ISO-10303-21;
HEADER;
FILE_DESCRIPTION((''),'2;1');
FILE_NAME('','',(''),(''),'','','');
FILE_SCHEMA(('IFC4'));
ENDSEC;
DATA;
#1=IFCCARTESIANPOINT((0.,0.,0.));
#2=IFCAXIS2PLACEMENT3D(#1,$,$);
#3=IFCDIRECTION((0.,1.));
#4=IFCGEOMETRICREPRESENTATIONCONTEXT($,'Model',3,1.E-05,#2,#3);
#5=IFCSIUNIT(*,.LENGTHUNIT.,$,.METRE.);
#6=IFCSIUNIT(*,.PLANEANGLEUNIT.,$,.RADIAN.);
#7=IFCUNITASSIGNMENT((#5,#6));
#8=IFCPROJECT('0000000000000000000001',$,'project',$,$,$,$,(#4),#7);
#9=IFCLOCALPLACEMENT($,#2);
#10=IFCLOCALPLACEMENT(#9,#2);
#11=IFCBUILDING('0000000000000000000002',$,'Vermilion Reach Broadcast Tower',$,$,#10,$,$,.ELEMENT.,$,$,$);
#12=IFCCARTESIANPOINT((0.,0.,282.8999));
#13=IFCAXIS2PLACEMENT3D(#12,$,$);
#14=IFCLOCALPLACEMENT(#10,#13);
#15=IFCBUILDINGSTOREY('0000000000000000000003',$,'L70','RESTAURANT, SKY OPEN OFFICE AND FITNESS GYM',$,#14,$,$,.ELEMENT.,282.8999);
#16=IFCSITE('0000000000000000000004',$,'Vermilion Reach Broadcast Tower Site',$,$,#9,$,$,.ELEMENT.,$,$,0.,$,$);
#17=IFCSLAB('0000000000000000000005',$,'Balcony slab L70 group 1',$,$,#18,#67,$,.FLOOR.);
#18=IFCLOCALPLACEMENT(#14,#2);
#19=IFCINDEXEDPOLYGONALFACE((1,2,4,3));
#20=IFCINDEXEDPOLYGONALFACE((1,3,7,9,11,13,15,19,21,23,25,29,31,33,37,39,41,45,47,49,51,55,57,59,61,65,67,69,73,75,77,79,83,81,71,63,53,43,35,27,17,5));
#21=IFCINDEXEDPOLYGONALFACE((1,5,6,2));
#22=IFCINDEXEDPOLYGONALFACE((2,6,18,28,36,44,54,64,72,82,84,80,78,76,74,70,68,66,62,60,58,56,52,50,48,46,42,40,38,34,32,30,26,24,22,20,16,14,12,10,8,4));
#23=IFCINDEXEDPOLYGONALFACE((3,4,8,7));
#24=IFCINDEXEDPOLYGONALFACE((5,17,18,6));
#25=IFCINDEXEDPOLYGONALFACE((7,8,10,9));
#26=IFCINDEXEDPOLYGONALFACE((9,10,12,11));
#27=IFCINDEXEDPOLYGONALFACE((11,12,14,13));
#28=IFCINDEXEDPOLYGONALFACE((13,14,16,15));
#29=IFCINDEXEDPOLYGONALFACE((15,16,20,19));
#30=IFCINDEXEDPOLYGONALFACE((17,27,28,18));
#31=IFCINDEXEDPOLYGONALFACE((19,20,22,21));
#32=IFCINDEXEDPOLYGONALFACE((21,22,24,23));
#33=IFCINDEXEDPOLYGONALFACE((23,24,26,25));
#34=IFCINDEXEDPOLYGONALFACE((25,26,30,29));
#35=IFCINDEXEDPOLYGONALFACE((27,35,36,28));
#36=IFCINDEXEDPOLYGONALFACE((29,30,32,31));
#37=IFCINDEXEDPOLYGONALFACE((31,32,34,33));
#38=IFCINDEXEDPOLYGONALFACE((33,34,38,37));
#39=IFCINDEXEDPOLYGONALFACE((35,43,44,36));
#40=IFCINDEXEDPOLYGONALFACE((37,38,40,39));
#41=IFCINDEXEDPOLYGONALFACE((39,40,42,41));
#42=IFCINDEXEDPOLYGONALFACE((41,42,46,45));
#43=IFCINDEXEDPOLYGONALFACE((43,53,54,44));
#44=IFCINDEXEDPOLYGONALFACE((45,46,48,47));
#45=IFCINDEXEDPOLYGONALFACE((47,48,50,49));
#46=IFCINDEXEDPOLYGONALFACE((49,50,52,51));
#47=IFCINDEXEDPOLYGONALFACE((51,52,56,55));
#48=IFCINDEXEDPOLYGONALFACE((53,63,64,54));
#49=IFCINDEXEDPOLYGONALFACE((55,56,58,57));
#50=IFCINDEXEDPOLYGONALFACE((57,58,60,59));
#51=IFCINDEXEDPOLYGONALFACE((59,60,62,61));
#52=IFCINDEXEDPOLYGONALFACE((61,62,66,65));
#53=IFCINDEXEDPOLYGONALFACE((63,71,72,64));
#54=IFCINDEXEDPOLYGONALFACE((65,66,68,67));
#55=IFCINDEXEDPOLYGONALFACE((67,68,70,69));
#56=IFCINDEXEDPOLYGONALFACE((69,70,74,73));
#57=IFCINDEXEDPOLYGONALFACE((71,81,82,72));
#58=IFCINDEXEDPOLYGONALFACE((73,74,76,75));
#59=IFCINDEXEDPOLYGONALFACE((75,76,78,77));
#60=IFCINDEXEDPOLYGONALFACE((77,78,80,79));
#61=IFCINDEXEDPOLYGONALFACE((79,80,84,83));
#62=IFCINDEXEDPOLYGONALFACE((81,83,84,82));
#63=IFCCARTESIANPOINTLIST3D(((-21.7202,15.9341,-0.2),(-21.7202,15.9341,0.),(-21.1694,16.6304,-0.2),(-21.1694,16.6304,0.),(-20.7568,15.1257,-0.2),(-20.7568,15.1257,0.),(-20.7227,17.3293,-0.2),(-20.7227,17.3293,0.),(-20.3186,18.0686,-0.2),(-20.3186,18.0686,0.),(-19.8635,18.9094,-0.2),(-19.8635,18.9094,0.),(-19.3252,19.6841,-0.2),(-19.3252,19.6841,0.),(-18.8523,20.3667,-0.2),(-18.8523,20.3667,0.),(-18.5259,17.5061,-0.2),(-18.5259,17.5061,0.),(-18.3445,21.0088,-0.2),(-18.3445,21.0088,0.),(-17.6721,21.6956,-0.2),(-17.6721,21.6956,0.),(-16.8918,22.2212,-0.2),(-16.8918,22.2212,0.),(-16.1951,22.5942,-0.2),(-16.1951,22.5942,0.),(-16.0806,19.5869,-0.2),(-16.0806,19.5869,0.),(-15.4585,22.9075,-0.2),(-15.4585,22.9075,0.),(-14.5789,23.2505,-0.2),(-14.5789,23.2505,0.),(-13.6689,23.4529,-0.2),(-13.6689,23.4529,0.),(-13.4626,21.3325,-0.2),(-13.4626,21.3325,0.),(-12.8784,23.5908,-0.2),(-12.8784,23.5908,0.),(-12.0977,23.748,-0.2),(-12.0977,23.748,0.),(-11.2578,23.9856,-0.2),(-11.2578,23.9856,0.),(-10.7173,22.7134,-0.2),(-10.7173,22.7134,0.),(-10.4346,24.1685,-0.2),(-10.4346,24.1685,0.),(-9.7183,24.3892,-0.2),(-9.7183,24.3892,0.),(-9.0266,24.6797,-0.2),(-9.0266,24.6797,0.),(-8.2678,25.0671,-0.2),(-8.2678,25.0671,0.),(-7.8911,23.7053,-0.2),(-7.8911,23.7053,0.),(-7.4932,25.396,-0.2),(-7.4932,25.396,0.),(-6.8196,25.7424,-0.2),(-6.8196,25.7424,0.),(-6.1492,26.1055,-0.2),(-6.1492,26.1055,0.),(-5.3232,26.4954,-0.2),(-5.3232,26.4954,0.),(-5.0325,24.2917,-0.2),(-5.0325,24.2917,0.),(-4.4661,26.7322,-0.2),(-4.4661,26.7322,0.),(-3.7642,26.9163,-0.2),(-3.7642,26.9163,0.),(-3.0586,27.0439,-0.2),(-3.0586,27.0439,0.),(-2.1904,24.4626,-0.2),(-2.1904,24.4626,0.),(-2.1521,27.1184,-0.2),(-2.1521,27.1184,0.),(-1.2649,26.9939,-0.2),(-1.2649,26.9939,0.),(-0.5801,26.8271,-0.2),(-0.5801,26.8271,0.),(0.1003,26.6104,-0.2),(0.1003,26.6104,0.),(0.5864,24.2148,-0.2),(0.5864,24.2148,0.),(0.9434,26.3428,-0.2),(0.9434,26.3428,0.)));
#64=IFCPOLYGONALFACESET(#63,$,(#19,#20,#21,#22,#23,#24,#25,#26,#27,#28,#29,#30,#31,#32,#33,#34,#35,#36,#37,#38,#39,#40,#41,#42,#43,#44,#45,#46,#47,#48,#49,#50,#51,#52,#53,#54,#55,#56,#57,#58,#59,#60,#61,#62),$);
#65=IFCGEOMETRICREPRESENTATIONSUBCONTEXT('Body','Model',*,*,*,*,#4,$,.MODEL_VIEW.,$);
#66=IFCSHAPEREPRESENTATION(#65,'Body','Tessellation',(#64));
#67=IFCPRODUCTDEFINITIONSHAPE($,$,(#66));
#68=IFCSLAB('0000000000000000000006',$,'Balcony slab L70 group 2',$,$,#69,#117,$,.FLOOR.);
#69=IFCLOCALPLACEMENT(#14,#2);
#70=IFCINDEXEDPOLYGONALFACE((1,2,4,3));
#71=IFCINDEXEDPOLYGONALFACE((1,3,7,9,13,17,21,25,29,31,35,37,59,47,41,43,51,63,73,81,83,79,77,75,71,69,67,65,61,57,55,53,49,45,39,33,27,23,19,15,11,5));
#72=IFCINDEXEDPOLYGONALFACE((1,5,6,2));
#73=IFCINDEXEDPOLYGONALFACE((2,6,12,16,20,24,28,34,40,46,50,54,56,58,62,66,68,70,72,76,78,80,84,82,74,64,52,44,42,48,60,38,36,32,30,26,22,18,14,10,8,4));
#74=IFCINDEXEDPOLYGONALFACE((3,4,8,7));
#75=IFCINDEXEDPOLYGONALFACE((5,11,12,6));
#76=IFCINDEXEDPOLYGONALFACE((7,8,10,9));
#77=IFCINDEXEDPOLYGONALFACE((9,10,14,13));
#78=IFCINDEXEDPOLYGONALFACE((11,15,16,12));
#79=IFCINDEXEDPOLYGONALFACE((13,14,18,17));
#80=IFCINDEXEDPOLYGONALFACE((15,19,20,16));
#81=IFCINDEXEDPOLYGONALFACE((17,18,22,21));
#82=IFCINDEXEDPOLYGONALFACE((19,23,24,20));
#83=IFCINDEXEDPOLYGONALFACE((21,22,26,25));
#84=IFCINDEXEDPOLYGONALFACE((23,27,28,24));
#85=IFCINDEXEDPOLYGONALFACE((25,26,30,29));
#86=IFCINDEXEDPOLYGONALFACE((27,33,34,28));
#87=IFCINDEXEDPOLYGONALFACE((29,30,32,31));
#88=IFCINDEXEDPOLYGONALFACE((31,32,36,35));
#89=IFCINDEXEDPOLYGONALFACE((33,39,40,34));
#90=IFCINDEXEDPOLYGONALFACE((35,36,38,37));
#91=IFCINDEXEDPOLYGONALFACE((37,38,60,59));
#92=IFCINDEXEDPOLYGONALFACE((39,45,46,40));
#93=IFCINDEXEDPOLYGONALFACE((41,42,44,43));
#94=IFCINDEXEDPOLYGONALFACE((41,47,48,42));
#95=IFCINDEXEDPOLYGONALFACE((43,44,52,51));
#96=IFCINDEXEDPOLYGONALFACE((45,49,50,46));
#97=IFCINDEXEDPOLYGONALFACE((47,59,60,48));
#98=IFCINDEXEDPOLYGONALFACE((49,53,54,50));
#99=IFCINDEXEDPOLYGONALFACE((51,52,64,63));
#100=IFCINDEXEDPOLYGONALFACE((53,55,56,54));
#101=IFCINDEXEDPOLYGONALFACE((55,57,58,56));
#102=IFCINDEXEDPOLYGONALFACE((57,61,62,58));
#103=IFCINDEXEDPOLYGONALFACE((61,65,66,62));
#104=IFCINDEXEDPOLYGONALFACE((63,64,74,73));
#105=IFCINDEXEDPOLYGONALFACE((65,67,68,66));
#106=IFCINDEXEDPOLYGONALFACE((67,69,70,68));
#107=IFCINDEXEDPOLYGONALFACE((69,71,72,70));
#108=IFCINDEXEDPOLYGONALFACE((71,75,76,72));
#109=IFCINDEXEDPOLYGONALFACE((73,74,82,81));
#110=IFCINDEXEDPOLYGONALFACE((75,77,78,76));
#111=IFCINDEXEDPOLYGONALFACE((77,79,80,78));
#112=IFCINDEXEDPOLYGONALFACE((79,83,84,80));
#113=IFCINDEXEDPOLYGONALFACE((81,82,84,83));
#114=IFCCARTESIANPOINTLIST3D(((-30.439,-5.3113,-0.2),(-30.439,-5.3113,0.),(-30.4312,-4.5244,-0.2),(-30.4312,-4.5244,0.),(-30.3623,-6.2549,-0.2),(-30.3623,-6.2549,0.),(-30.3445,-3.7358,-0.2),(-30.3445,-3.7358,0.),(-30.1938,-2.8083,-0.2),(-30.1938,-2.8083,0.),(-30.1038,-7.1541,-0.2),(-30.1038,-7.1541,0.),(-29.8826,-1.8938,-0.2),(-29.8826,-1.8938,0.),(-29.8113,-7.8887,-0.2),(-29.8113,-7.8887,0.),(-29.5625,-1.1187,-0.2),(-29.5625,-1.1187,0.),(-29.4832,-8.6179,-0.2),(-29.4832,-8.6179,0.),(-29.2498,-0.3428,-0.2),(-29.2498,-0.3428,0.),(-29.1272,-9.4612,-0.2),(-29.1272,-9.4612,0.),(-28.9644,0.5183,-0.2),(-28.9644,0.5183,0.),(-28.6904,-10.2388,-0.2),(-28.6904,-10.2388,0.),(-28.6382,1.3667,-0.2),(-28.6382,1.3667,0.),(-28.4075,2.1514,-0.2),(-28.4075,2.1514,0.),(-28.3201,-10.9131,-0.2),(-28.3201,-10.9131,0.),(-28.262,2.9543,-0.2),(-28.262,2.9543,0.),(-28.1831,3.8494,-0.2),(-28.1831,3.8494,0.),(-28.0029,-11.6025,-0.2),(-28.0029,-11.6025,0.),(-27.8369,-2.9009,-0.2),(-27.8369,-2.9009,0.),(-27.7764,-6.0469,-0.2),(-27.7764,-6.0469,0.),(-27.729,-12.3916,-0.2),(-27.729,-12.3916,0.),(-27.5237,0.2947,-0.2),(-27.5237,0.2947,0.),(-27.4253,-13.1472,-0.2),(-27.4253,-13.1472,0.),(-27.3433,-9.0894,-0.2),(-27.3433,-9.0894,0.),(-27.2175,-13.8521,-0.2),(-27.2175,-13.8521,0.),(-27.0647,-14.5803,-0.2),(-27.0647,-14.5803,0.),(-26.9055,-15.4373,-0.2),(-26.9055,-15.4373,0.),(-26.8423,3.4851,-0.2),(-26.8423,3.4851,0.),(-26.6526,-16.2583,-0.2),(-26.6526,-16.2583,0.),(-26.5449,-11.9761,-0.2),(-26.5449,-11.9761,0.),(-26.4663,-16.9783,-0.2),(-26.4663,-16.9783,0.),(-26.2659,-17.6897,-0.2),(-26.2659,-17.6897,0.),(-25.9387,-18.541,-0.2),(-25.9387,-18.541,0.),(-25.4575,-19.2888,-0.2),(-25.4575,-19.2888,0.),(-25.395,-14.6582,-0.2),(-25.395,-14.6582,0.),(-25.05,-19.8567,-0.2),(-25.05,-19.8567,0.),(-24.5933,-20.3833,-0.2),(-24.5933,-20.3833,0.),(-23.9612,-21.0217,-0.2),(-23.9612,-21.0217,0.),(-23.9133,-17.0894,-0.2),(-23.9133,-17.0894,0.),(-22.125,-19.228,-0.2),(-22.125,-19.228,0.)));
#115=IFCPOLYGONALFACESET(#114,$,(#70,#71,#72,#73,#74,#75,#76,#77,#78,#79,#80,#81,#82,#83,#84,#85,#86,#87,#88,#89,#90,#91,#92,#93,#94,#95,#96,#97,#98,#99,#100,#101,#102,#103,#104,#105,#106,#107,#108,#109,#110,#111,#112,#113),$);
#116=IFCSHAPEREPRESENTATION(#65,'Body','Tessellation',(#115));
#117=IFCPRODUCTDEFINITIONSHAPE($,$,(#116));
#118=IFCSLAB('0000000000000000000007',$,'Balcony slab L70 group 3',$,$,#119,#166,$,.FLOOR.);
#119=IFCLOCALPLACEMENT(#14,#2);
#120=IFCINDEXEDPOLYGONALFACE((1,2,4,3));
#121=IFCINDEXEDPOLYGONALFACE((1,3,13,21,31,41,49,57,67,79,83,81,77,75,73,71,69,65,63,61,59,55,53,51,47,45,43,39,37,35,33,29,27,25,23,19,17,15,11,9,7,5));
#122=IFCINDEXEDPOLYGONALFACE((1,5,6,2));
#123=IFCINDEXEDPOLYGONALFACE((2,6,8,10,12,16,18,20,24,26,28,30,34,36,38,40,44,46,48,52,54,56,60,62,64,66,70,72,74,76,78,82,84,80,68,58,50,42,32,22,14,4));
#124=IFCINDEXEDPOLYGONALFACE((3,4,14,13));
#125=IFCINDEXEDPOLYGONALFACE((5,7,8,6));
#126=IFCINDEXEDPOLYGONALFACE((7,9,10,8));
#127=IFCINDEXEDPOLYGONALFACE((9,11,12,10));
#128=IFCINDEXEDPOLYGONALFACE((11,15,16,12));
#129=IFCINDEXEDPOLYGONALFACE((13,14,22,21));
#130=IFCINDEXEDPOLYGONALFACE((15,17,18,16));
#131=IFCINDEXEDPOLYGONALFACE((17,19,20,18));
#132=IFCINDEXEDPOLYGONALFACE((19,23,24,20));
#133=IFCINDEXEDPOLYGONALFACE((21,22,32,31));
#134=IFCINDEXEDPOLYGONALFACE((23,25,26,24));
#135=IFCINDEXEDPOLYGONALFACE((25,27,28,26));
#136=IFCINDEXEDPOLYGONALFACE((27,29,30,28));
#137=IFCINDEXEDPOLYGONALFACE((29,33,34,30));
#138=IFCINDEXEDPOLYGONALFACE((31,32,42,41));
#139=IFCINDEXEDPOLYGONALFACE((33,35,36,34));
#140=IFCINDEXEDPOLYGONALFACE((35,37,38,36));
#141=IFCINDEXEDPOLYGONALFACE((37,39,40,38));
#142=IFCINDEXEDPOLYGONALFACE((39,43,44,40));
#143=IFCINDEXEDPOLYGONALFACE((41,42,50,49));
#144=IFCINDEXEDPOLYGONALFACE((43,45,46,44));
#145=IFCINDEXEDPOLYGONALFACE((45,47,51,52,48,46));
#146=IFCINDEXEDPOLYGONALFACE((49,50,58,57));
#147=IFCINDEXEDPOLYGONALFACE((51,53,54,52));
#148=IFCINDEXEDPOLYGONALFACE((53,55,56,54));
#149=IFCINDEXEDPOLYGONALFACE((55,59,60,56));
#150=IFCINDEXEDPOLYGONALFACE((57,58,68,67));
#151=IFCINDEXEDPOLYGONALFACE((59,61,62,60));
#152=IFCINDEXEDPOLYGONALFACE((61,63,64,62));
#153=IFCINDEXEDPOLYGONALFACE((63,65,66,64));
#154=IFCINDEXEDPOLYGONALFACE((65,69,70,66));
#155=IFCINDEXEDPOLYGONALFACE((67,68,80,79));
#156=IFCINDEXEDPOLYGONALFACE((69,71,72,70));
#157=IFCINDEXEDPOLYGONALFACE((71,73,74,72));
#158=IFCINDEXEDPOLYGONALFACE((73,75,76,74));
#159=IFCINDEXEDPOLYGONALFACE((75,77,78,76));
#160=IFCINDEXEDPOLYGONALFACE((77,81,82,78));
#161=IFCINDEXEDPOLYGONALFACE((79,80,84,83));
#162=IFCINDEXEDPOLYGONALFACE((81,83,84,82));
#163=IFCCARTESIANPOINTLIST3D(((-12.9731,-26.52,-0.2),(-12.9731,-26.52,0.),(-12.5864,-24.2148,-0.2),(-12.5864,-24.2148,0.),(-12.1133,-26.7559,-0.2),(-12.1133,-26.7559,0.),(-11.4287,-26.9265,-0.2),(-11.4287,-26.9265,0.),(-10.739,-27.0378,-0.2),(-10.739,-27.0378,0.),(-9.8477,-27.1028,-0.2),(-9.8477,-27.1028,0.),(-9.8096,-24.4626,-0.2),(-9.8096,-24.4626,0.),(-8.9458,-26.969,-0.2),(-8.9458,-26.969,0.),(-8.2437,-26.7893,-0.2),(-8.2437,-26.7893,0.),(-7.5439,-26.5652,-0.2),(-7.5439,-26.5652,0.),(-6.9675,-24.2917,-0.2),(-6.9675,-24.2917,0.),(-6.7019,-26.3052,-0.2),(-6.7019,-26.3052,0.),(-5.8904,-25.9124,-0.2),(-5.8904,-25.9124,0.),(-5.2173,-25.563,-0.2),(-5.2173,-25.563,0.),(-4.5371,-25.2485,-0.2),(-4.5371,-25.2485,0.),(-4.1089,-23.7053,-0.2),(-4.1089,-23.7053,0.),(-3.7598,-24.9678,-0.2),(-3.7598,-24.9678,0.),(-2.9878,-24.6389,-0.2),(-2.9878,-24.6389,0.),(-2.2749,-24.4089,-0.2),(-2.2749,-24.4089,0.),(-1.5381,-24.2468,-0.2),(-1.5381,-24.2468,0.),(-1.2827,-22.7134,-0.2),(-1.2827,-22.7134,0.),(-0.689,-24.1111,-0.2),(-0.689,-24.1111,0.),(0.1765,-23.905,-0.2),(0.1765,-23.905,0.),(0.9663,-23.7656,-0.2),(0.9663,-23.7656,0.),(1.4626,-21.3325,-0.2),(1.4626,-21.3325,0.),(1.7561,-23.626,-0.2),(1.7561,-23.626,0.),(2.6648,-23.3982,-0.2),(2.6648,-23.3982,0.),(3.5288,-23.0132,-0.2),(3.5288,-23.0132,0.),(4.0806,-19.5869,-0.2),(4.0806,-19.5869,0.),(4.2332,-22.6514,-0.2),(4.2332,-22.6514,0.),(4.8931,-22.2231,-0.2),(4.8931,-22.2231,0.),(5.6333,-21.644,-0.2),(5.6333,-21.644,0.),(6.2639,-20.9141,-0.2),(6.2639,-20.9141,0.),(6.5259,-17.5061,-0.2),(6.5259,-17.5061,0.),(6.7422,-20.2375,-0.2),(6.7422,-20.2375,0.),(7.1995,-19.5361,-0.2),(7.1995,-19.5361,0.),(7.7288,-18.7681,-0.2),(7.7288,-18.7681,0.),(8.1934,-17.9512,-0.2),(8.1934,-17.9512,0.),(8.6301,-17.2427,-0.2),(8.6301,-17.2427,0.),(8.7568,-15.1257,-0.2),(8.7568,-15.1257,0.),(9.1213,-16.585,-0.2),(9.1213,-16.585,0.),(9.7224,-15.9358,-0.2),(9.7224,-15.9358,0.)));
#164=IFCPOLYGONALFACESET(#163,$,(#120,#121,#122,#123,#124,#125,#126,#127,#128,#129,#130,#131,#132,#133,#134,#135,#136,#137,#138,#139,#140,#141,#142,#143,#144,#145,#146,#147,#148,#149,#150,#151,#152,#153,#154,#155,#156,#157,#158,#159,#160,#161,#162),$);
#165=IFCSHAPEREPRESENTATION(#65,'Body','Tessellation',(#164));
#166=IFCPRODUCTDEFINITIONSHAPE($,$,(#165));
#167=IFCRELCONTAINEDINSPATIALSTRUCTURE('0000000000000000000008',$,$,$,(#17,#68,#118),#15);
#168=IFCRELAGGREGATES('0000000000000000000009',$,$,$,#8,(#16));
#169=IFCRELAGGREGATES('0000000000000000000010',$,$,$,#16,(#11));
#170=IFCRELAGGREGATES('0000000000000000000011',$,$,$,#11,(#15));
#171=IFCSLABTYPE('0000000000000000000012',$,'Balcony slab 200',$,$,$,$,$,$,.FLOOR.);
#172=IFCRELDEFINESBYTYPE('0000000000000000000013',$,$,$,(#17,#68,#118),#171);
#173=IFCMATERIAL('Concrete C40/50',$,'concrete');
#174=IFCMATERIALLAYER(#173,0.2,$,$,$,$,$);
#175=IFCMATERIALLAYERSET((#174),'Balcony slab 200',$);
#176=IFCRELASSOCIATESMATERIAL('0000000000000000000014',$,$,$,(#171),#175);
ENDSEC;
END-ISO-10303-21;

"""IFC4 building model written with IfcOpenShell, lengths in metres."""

from ifc_helpers import new_model, si_unit, direction, frame, origin, place, context, subcontext, project, spatial, polyline, outline, extrude, material, layer, layer_set, type_object, element, save


model = new_model("IFC4")

# Units and contexts
model_context = context("Model", 3, precision=1e-05, world=origin(), true_north=direction((0.0, 1.0)))
body_context = subcontext(model_context, "Body", "Model", "MODEL_VIEW")
ifc_project = project(units=[si_unit("LENGTHUNIT", "METRE"), si_unit("PLANEANGLEUNIT", "RADIAN")], contexts=[model_context])

# Site, building, storey
site_placement = place(None, origin())
site = spatial("IfcSite", under=ifc_project, at=site_placement, Name="Vermilion Reach Broadcast Tower Site", CompositionType="ELEMENT", RefElevation=0.0)
building_placement = place(site_placement, origin())
building = spatial("IfcBuilding", under=site, at=building_placement, Name="Vermilion Reach Broadcast Tower", CompositionType="ELEMENT")
storey_placement = place(building_placement, frame((0.0, 0.0, 282.8999)))
storey = spatial("IfcBuildingStorey", under=building, at=storey_placement, Name="L70", Description="RESTAURANT, SKY OPEN OFFICE AND FITNESS GYM", CompositionType="ELEMENT", Elevation=282.8999)

# Slabs
ifc_material_1 = material(Name="Concrete C40/50", Category="concrete")
ifc_layer_1 = layer(ifc_material_1, 0.2)
ifc_layer_set_1 = layer_set([ifc_layer_1], Name="Balcony slab 200")
slab_type_1 = type_object("IfcSlabType", Name="Balcony slab 200", PredefinedType="FLOOR", material=ifc_layer_set_1)
placement_1 = place(storey_placement, frame((0.0, 0.0, -0.2)))
element("IfcSlab", 1, at=placement_1, inside=storey, type_object=slab_type_1, Name="Balcony slab L70 group 1", PredefinedType="FLOOR", context=body_context, shape_type="SweptSolid", body=[
    extrude(outline(polyline([(0.5864, 24.2148), (-2.1904, 24.4626), (-5.0325, 24.2917), (-7.8911, 23.7053), (-10.7173, 22.7134), (-13.4626, 21.3325), (-16.0806, 19.5869), (-18.5259, 17.5061), (-20.7568, 15.1257), (-21.7202, 15.9341), (-21.1694, 16.6304), (-20.7227, 17.3293), (-20.3186, 18.0686), (-19.8635, 18.9094), (-19.3252, 19.6841), (-18.8523, 20.3667), (-18.3445, 21.0088), (-17.6721, 21.6956), (-16.8918, 22.2212), (-16.1951, 22.5942), (-15.4585, 22.9075), (-14.5789, 23.2505), (-13.6689, 23.4529), (-12.8784, 23.5908), (-12.0977, 23.748), (-11.2578, 23.9856), (-10.4346, 24.1685), (-9.7183, 24.3892), (-9.0266, 24.6797), (-8.2678, 25.0671), (-7.4932, 25.396), (-6.8196, 25.7424), (-6.1492, 26.1055), (-5.3232, 26.4954), (-4.4661, 26.7322), (-3.7642, 26.9163), (-3.0586, 27.0439), (-2.1521, 27.1184), (-1.2649, 26.9939), (-0.5801, 26.8271), (0.1003, 26.6104), (0.9434, 26.3428), (0.5864, 24.2148)])), origin(), (0.0, 0.0, 1.0), 0.2),
])
element("IfcSlab", 2, at=placement_1, inside=storey, type_object=slab_type_1, Name="Balcony slab L70 group 2", PredefinedType="FLOOR", context=body_context, shape_type="SweptSolid", body=[
    extrude(outline(polyline([(-26.8423, 3.4851), (-27.5237, 0.2947), (-27.8369, -2.9009), (-27.7764, -6.0469), (-27.3433, -9.0894), (-26.5449, -11.9761), (-25.395, -14.6582), (-23.9133, -17.0894), (-22.125, -19.228), (-23.9612, -21.0217), (-24.5933, -20.3833), (-25.05, -19.8567), (-25.4575, -19.2888), (-25.9387, -18.541), (-26.2659, -17.6897), (-26.4663, -16.9783), (-26.6526, -16.2583), (-26.9055, -15.4373), (-27.0647, -14.5803), (-27.2175, -13.8521), (-27.4253, -13.1472), (-27.729, -12.3916), (-28.0029, -11.6025), (-28.3201, -10.9131), (-28.6904, -10.2388), (-29.1272, -9.4612), (-29.4832, -8.6179), (-29.8113, -7.8887), (-30.1038, -7.1541), (-30.3623, -6.2549), (-30.439, -5.3113), (-30.4312, -4.5244), (-30.3445, -3.7358), (-30.1938, -2.8083), (-29.8826, -1.8938), (-29.5625, -1.1187), (-29.2498, -0.3428), (-28.9644, 0.5183), (-28.6382, 1.3667), (-28.4075, 2.1514), (-28.262, 2.9543), (-28.1831, 3.8494), (-26.8423, 3.4851)])), origin(), (0.0, 0.0, 1.0), 0.2),
])
element("IfcSlab", 3, at=placement_1, inside=storey, type_object=slab_type_1, Name="Balcony slab L70 group 3", PredefinedType="FLOOR", context=body_context, shape_type="SweptSolid", body=[
    extrude(outline(polyline([(-12.5864, -24.2148), (-9.8096, -24.4626), (-6.9675, -24.2917), (-4.1089, -23.7053), (-1.2827, -22.7134), (1.4626, -21.3325), (4.0806, -19.5869), (6.5259, -17.5061), (8.7568, -15.1257), (9.7224, -15.9358), (9.1213, -16.585), (8.6301, -17.2427), (8.1934, -17.9512), (7.7288, -18.7681), (7.1995, -19.5361), (6.7422, -20.2375), (6.2639, -20.9141), (5.6333, -21.644), (4.8931, -22.2231), (4.2332, -22.6514), (3.5288, -23.0132), (2.6648, -23.3982), (1.7561, -23.626), (0.9663, -23.7656), (0.1765, -23.905), (-0.689, -24.1111), (-1.5381, -24.2468), (-2.2749, -24.4089), (-2.9878, -24.6389), (-3.7598, -24.9678), (-4.5371, -25.2485), (-5.2173, -25.563), (-5.8904, -25.9124), (-6.7019, -26.3052), (-7.5439, -26.5652), (-8.2437, -26.7893), (-8.9458, -26.969), (-9.8477, -27.1028), (-10.739, -27.0378), (-11.4287, -26.9265), (-12.1133, -26.7559), (-12.9731, -26.52), (-12.5864, -24.2148)])), origin(), (0.0, 0.0, 1.0), 0.2),
])

save(model, "model.ifc")
